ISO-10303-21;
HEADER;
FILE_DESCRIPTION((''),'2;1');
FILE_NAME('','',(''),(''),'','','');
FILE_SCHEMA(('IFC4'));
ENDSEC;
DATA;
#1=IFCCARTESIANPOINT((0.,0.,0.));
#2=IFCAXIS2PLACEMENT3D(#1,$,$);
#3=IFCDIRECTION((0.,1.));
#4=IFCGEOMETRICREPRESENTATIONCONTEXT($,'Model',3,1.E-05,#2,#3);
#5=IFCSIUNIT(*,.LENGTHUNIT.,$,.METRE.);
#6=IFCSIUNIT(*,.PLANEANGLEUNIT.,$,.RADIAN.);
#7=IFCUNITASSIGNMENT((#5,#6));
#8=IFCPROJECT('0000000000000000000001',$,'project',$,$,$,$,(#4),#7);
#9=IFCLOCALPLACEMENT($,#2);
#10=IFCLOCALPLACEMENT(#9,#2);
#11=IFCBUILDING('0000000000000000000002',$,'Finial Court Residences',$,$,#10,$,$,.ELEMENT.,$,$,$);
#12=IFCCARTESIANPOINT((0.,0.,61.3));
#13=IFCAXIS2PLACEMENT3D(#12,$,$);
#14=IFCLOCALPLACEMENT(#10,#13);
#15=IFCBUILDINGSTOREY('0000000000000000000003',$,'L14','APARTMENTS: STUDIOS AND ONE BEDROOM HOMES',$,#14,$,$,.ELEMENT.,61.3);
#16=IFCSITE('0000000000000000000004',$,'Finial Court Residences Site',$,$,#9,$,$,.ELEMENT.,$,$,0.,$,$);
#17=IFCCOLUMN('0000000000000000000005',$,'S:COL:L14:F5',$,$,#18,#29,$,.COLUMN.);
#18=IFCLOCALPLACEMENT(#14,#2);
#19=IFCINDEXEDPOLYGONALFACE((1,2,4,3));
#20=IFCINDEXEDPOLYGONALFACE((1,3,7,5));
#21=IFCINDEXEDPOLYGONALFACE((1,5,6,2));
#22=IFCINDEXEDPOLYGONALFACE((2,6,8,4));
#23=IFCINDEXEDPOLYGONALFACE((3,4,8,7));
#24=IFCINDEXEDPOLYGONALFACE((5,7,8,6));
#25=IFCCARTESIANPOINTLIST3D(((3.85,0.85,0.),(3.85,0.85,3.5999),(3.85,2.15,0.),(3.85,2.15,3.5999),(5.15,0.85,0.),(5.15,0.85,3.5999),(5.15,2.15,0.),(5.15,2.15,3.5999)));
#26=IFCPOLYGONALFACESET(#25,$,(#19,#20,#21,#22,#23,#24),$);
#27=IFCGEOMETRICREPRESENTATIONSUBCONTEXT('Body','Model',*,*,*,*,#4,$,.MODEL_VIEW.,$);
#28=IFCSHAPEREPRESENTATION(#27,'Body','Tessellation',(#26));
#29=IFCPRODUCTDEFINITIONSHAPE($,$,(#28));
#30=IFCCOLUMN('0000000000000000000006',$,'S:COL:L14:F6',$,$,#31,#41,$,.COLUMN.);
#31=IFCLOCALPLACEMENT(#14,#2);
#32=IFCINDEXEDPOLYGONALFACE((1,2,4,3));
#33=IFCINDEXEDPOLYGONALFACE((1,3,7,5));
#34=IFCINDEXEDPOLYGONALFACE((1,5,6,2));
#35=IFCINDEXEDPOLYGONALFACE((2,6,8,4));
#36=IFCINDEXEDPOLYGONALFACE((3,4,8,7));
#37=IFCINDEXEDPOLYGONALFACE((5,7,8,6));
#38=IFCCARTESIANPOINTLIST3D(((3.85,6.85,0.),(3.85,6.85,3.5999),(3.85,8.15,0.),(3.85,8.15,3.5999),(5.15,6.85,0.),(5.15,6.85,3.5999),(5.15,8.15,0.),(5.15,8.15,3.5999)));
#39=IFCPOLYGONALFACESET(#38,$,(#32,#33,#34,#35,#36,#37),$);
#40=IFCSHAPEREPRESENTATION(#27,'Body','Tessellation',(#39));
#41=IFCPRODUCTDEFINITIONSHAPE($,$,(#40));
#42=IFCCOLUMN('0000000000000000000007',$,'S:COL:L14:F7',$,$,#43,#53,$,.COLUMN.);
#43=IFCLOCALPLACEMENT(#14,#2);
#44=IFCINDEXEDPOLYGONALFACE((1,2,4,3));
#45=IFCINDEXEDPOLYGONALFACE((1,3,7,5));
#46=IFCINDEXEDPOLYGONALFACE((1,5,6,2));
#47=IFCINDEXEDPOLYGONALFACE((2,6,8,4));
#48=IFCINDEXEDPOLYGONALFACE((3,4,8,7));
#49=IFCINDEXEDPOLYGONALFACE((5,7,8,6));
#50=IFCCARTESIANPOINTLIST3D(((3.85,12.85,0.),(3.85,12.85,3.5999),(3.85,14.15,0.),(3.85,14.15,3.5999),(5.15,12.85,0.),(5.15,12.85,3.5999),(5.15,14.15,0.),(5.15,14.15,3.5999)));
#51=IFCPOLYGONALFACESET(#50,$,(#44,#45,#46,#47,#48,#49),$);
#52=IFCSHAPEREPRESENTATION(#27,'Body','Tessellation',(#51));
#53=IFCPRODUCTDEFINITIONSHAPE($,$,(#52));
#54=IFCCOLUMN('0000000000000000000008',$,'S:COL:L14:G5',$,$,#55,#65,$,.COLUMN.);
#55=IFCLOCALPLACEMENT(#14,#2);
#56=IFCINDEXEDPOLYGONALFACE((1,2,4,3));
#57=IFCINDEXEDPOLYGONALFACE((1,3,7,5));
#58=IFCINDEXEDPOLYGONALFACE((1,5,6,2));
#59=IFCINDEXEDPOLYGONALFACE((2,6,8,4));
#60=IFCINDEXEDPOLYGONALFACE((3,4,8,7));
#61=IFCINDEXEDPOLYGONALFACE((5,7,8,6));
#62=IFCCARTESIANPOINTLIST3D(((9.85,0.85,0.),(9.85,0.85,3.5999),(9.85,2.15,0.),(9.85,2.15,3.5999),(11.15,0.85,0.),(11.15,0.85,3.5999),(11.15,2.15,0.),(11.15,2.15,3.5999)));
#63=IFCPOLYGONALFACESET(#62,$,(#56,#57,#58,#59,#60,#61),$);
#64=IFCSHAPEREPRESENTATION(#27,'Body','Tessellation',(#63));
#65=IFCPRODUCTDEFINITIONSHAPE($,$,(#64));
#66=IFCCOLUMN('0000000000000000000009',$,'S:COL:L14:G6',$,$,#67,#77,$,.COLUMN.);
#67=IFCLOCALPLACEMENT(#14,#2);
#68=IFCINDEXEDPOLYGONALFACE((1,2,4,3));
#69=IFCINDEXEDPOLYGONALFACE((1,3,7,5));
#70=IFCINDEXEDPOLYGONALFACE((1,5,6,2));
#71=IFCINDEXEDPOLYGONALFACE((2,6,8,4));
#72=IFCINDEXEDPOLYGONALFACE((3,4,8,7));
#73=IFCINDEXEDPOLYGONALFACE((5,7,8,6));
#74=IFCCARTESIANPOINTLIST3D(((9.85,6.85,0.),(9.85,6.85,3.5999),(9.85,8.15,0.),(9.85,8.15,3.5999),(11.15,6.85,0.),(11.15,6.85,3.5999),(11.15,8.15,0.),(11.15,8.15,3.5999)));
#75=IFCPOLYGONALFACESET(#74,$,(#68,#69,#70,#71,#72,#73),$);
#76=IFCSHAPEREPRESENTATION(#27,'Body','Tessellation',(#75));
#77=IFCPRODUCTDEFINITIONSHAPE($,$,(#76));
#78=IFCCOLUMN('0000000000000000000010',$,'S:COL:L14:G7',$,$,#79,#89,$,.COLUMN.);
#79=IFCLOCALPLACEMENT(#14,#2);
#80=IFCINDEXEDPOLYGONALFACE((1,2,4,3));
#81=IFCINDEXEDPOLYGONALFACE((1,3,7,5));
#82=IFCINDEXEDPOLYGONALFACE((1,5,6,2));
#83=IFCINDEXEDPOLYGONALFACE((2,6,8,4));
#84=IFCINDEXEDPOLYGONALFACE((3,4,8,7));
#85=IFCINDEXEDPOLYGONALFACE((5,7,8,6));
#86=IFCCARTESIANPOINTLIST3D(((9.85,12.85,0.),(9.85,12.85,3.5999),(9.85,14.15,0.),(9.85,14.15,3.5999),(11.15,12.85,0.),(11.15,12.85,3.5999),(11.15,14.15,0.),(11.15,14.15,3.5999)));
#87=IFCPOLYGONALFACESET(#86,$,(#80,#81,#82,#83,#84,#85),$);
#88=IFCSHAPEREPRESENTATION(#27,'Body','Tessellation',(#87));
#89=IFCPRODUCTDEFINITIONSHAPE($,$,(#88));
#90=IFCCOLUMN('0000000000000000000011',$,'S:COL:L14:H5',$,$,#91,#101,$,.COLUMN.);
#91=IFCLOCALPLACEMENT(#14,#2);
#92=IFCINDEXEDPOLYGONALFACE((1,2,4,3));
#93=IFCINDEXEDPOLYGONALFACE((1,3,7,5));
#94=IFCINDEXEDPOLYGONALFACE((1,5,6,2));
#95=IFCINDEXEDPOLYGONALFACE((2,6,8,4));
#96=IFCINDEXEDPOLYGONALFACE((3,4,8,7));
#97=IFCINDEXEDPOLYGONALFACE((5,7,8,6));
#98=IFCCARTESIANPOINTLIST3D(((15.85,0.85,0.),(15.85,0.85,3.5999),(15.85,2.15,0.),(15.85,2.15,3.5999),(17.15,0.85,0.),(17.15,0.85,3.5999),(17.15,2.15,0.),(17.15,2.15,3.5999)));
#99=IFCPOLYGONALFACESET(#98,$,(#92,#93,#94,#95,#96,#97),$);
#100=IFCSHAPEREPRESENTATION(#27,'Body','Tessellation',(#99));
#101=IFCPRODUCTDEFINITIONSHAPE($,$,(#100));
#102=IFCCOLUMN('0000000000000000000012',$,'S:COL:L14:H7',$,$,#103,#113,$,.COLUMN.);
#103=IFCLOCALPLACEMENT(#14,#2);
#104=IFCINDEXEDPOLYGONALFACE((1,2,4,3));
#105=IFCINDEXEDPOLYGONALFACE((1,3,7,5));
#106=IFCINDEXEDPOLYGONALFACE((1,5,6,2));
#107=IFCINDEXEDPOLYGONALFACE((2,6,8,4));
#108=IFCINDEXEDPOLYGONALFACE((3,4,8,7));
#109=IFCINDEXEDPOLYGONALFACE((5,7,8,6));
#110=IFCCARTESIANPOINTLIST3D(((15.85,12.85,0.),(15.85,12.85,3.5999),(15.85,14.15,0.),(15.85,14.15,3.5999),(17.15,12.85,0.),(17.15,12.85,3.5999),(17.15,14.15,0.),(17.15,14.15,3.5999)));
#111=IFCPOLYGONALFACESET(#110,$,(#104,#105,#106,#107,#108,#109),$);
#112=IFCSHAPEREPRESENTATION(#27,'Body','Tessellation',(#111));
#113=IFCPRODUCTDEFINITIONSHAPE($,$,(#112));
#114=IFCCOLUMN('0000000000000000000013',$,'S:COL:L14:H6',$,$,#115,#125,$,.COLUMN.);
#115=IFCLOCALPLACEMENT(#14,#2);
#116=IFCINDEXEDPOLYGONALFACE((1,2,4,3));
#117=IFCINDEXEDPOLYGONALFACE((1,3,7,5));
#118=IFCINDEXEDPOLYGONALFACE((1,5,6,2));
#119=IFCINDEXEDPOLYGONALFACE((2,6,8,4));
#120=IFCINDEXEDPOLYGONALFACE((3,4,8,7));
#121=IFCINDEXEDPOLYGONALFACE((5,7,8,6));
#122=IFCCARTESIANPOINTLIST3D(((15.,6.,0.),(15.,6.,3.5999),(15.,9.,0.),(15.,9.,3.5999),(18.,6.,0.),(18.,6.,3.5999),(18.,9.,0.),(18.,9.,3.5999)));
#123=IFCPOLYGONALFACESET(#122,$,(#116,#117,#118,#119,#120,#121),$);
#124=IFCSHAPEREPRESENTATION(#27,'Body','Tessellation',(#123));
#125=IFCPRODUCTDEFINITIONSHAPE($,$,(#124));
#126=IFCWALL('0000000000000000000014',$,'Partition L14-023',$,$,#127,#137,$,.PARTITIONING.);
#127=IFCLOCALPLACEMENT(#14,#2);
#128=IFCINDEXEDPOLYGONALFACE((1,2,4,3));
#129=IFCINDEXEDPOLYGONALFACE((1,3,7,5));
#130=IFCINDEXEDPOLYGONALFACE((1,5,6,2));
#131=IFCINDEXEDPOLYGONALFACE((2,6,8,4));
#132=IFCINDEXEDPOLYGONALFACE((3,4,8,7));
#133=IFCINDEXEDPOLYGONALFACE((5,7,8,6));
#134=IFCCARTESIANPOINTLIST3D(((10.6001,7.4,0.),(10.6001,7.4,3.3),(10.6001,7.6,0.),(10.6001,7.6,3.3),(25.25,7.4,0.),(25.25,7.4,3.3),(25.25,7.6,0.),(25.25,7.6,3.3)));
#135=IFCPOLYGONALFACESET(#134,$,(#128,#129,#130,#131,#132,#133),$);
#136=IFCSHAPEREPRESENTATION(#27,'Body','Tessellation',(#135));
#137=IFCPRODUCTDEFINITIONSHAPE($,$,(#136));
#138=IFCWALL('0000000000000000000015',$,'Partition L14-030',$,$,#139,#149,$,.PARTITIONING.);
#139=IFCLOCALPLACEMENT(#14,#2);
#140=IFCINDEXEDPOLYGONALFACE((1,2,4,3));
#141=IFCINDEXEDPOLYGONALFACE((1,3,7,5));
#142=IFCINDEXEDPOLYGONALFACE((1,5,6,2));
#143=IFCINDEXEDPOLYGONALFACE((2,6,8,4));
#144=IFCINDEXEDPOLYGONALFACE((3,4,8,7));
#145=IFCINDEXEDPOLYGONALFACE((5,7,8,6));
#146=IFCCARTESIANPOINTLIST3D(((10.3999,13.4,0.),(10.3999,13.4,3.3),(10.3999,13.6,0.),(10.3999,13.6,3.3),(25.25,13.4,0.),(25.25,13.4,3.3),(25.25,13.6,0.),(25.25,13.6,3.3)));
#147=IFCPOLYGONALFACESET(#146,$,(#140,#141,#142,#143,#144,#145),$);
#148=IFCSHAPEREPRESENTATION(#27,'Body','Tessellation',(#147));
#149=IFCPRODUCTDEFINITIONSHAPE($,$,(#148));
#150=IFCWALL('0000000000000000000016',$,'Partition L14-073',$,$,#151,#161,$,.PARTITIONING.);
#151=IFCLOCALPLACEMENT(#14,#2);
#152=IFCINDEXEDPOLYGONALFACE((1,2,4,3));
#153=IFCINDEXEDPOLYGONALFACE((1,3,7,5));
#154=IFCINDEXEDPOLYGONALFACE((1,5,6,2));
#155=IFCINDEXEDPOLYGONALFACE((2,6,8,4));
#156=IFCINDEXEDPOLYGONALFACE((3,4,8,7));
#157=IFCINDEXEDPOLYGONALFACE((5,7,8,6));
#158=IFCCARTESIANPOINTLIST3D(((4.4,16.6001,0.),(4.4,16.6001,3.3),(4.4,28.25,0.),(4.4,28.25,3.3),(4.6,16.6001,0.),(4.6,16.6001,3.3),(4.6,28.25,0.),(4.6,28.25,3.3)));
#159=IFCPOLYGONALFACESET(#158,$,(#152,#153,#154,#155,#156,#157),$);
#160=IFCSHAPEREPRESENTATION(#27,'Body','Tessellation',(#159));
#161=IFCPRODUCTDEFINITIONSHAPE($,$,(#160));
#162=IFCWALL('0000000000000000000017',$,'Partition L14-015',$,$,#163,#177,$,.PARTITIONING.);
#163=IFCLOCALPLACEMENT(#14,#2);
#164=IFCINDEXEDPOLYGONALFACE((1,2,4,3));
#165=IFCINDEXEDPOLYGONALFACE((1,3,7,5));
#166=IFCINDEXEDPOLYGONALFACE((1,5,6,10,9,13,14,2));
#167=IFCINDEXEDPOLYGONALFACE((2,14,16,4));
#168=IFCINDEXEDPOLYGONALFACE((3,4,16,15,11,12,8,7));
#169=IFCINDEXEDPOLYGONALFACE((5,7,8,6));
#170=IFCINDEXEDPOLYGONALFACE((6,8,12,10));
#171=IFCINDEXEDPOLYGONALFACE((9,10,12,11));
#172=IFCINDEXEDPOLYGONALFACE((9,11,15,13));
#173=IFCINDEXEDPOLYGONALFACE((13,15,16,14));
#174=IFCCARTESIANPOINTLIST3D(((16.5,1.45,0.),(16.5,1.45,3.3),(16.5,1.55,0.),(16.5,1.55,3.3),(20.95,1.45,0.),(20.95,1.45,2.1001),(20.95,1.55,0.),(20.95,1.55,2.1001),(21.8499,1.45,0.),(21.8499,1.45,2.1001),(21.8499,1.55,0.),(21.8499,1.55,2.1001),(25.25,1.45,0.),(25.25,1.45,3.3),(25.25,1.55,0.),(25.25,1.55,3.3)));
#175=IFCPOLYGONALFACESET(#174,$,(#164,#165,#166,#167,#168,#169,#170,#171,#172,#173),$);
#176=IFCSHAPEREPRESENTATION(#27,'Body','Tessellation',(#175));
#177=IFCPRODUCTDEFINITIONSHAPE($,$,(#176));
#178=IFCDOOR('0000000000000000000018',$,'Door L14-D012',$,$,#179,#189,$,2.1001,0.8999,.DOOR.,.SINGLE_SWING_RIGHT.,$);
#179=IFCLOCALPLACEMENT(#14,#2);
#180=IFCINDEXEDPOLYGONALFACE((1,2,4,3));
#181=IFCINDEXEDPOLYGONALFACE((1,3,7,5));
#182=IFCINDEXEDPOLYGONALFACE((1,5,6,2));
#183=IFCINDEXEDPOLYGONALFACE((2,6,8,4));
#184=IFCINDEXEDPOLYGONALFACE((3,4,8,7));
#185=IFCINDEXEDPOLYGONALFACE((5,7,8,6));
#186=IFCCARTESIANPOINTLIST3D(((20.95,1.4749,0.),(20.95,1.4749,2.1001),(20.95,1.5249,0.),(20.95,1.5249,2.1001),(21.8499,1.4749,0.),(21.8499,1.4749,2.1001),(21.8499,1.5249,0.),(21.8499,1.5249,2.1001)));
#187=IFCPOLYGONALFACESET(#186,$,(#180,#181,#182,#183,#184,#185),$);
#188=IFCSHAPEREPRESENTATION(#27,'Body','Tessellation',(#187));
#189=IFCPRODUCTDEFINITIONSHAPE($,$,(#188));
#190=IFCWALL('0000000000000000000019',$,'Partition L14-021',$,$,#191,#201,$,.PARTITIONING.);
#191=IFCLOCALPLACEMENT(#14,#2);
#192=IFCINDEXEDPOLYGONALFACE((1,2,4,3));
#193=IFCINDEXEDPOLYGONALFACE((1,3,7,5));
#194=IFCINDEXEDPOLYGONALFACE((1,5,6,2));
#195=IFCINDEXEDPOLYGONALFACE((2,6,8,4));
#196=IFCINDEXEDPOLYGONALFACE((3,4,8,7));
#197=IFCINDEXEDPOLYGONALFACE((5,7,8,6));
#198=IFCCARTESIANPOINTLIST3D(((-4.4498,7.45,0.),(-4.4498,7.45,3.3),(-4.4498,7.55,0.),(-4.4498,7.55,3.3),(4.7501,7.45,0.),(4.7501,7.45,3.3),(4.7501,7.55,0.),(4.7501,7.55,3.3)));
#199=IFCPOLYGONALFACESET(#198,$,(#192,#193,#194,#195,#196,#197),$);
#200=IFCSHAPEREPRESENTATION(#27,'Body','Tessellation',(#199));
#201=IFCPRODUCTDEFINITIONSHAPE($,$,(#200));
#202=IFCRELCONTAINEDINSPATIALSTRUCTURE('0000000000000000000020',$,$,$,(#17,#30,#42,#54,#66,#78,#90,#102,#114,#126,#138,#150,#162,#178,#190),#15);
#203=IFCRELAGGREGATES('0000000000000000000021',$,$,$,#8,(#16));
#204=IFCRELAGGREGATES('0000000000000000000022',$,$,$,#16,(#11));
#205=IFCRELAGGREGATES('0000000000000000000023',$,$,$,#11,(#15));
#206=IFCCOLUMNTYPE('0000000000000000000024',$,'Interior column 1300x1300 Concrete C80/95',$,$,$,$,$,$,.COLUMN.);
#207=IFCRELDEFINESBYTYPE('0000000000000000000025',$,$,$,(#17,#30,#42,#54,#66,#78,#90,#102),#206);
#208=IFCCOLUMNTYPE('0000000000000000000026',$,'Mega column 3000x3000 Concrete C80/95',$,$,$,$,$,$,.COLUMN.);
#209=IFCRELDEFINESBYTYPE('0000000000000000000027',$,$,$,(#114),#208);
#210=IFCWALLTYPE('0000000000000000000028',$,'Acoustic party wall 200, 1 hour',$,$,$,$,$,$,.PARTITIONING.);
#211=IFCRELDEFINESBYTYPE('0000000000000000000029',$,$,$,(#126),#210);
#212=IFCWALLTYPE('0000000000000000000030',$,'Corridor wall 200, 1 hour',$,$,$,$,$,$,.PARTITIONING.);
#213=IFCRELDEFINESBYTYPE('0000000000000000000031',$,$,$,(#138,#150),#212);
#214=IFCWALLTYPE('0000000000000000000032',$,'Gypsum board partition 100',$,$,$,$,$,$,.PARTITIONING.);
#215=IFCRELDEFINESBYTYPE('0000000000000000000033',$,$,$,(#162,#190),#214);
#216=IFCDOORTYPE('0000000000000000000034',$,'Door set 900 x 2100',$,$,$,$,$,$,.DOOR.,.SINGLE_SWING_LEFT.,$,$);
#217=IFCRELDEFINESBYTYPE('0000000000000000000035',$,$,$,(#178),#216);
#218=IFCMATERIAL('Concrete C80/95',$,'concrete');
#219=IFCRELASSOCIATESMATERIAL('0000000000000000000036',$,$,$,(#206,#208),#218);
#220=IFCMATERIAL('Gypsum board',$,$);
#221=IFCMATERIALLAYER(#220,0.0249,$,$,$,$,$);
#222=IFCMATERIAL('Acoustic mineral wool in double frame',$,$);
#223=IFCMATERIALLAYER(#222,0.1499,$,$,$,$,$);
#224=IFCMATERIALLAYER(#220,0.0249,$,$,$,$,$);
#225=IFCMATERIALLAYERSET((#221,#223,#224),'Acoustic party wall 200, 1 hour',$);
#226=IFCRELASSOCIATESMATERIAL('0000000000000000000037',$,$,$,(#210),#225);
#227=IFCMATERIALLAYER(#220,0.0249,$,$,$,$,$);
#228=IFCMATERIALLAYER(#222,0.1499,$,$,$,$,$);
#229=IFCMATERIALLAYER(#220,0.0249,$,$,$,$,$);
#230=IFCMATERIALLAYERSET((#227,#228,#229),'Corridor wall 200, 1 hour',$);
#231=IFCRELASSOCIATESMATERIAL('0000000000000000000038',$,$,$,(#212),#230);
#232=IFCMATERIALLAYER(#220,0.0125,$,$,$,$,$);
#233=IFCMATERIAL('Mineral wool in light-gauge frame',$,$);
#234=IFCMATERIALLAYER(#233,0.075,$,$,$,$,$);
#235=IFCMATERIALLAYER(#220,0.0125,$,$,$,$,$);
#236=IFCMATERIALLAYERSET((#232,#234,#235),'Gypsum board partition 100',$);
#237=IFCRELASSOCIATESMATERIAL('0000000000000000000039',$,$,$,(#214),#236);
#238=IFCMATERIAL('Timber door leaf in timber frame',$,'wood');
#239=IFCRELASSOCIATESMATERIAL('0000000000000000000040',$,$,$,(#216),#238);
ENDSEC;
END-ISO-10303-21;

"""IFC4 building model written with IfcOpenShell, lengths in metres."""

from ifc_helpers import new_model, si_unit, direction, frame, frame_2d, origin, origin_2d, place, context, subcontext, project, spatial, rectangle, extrude, material, layer, layer_set, material_profile, profile_set, type_object, element, fill, save


model = new_model("IFC4")

# Units and contexts
model_context = context("Model", 3, precision=1e-05, world=origin(), true_north=direction((0.0, 1.0)))
body_context = subcontext(model_context, "Body", "Model", "MODEL_VIEW")
ifc_project = project(units=[si_unit("LENGTHUNIT", "METRE"), si_unit("PLANEANGLEUNIT", "RADIAN")], contexts=[model_context])

# Site, building, storey
site_placement = place(None, origin())
site = spatial("IfcSite", under=ifc_project, at=site_placement, Name="Finial Court Residences Site", CompositionType="ELEMENT", RefElevation=0.0)
building_placement = place(site_placement, origin())
building = spatial("IfcBuilding", under=site, at=building_placement, Name="Finial Court Residences", CompositionType="ELEMENT")
storey_placement = place(building_placement, frame((0.0, 0.0, 61.3)))
storey = spatial("IfcBuildingStorey", under=building, at=storey_placement, Name="L14", Description="APARTMENTS: STUDIOS AND ONE BEDROOM HOMES", CompositionType="ELEMENT", Elevation=61.3)

# Columns
ifc_material_1 = material(Name="Concrete C80/95", Category="concrete")
ifc_material_profile_1 = material_profile(ifc_material_1, rectangle(XDim=1.3, YDim=1.3, at=origin_2d()), Name="1300x1300")
ifc_profile_set_1 = profile_set([ifc_material_profile_1], Name="Concrete C80/95")
column_type_1 = type_object("IfcColumnType", Name="Interior column 1300x1300 Concrete C80/95", PredefinedType="COLUMN", material=ifc_profile_set_1)
for number, where, z_axis, x_axis, name in (
    (1, (4.5, 1.5, 0.0), (0.0, 0.0, 1.0), (1.0, 0.0, 0.0), "S:COL:L14:F5"),
    (2, (4.5, 7.5, 0.0), (0.0, 0.0, 1.0), (1.0, 0.0, 0.0), "S:COL:L14:F6"),
    (3, (4.5, 13.5, 0.0), (0.0, 0.0, 1.0), (1.0, 0.0, 0.0), "S:COL:L14:F7"),
    (4, (10.5, 1.5, 0.0), (0.0, 0.0, 1.0), (1.0, 0.0, 0.0), "S:COL:L14:G5"),
    (5, (10.5, 7.5, 0.0), (0.0, 0.0, 1.0), (1.0, 0.0, 0.0), "S:COL:L14:G6"),
    (6, (10.5, 13.5, 0.0), (0.0, 0.0, 1.0), (1.0, 0.0, 0.0), "S:COL:L14:G7"),
    (7, (16.5, 1.5, 0.0), (0.0, 0.0, 1.0), (1.0, 0.0, 0.0), "S:COL:L14:H5"),
    (8, (16.5, 13.5, 0.0), (0.0, 0.0, 1.0), (1.0, 0.0, 0.0), "S:COL:L14:H7"),
):
    element("IfcColumn", number, at=place(storey_placement, frame(where, z_axis=z_axis, x_axis=x_axis)), inside=storey, type_object=column_type_1, Name=name, PredefinedType="COLUMN", context=body_context, shape_type="SweptSolid", body=[
        extrude(rectangle(XDim=1.3, YDim=1.3, at=origin_2d()), origin(), (0.0, 0.0, 1.0), 3.5999),
    ])
ifc_material_profile_2 = material_profile(ifc_material_1, rectangle(XDim=3.0, YDim=3.0, at=origin_2d()), Name="3000x3000")
ifc_profile_set_2 = profile_set([ifc_material_profile_2], Name="Concrete C80/95")
column_type_2 = type_object("IfcColumnType", Name="Mega column 3000x3000 Concrete C80/95", PredefinedType="COLUMN", material=ifc_profile_set_2)
column_placement = place(storey_placement, frame((16.5, 7.5, 0.0), z_axis=(0.0, 0.0, 1.0), x_axis=(1.0, 0.0, 0.0)))
element("IfcColumn", 9, at=column_placement, inside=storey, type_object=column_type_2, Name="S:COL:L14:H6", PredefinedType="COLUMN", context=body_context, shape_type="SweptSolid", body=[
    extrude(rectangle(XDim=3.0, YDim=3.0, at=origin_2d()), origin(), (0.0, 0.0, 1.0), 3.5999),
])

# Walls
ifc_material_2 = material(Name="Gypsum board")
ifc_layer_1 = layer(ifc_material_2, 0.0249)
ifc_material_3 = material(Name="Acoustic mineral wool in double frame")
ifc_layer_2 = layer(ifc_material_3, 0.1499)
ifc_layer_3 = layer(ifc_material_2, 0.0249)
ifc_layer_set_1 = layer_set([ifc_layer_1, ifc_layer_2, ifc_layer_3], Name="Acoustic party wall 200, 1 hour")
wall_type_1 = type_object("IfcWallType", Name="Acoustic party wall 200, 1 hour", PredefinedType="PARTITIONING", material=ifc_layer_set_1)
wall_1_placement = place(storey_placement, frame((10.6001, 7.5, 0.0), z_axis=(0.0, 0.0, 1.0), x_axis=(1.0, 0.0, 0.0)))
element("IfcWall", 10, at=wall_1_placement, inside=storey, type_object=wall_type_1, Name="Partition L14-023", PredefinedType="PARTITIONING", context=body_context, shape_type="SweptSolid", body=[
    extrude(rectangle(XDim=14.6499, YDim=0.2, at=frame_2d((7.325, 0.0))), origin(), (0.0, 0.0, 1.0), 3.3),
])
ifc_layer_4 = layer(ifc_material_2, 0.0249)
ifc_layer_5 = layer(ifc_material_3, 0.1499)
ifc_layer_6 = layer(ifc_material_2, 0.0249)
ifc_layer_set_2 = layer_set([ifc_layer_4, ifc_layer_5, ifc_layer_6], Name="Corridor wall 200, 1 hour")
wall_type_2 = type_object("IfcWallType", Name="Corridor wall 200, 1 hour", PredefinedType="PARTITIONING", material=ifc_layer_set_2)
wall_2_placement = place(storey_placement, frame((10.3999, 13.5, 0.0), z_axis=(0.0, 0.0, 1.0), x_axis=(1.0, 0.0, 0.0)))
element("IfcWall", 11, at=wall_2_placement, inside=storey, type_object=wall_type_2, Name="Partition L14-030", PredefinedType="PARTITIONING", context=body_context, shape_type="SweptSolid", body=[
    extrude(rectangle(XDim=14.8501, YDim=0.2, at=frame_2d((7.425, 0.0))), origin(), (0.0, 0.0, 1.0), 3.3),
])
wall_3_placement = place(storey_placement, frame((4.5, 16.6001, 0.0), z_axis=(0.0, 0.0, 1.0), x_axis=(0.0, 1.0, 0.0)))
element("IfcWall", 12, at=wall_3_placement, inside=storey, type_object=wall_type_2, Name="Partition L14-073", PredefinedType="PARTITIONING", context=body_context, shape_type="SweptSolid", body=[
    extrude(rectangle(XDim=11.6499, YDim=0.2, at=frame_2d((5.825, 0.0))), origin(), (0.0, 0.0, 1.0), 3.3),
])

# Wall, opening, door
ifc_layer_7 = layer(ifc_material_2, 0.0125)
ifc_material_4 = material(Name="Mineral wool in light-gauge frame")
ifc_layer_8 = layer(ifc_material_4, 0.075)
ifc_layer_9 = layer(ifc_material_2, 0.0125)
ifc_layer_set_3 = layer_set([ifc_layer_7, ifc_layer_8, ifc_layer_9], Name="Gypsum board partition 100")
wall_type_3 = type_object("IfcWallType", Name="Gypsum board partition 100", PredefinedType="PARTITIONING", material=ifc_layer_set_3)
wall_4_placement = place(storey_placement, frame((16.5, 1.5, 0.0), z_axis=(0.0, 0.0, 1.0), x_axis=(1.0, 0.0, 0.0)))
wall_4 = element("IfcWall", 13, at=wall_4_placement, inside=storey, type_object=wall_type_3, Name="Partition L14-015", PredefinedType="PARTITIONING", context=body_context, shape_type="SweptSolid", body=[
    extrude(rectangle(XDim=8.75, YDim=0.1001, at=frame_2d((4.375, 0.0))), origin(), (0.0, 0.0, 1.0), 3.3),
])
opening_1_placement = place(wall_4_placement, frame((4.45, 0.0, 0.0)))
opening_1 = element("IfcOpeningElement", 14, at=opening_1_placement, cuts=wall_4, PredefinedType="OPENING", context=body_context, shape_type="SweptSolid", body=[
    extrude(rectangle(XDim=0.8999, YDim=2.1001, at=frame_2d((0.45, 1.05))), frame((0.0, 0.0601, 0.0), z_axis=(0.0, -1.0, 0.0), x_axis=(1.0, 0.0, 0.0)), (0.0, 0.0, 1.0), 0.1201),
])
ifc_material_5 = material(Name="Timber door leaf in timber frame", Category="wood")
door_type = type_object("IfcDoorType", Name="Door set 900 x 2100", OperationType="SINGLE_SWING_LEFT", PredefinedType="DOOR", material=ifc_material_5)
door_1_placement = place(opening_1_placement, origin())
door_1 = element("IfcDoor", 15, at=door_1_placement, inside=storey, type_object=door_type, Name="Door L14-D012", OperationType="SINGLE_SWING_RIGHT", OverallHeight=2.1001, OverallWidth=0.8999, PredefinedType="DOOR", context=body_context, shape_type="SweptSolid", body=[
    extrude(rectangle(XDim=0.8999, YDim=2.1001, at=frame_2d((0.45, 1.05))), frame((0.0, 0.0249, 0.0), z_axis=(0.0, -1.0, 0.0), x_axis=(1.0, 0.0, 0.0)), (0.0, 0.0, 1.0), 0.05),
])
fill(opening_1, door_1)

# Wall
wall_5_placement = place(storey_placement, frame((-4.45, 7.5, 0.0), z_axis=(0.0, 0.0, 1.0), x_axis=(1.0, 0.0, 0.0)))
element("IfcWall", 16, at=wall_5_placement, inside=storey, type_object=wall_type_3, Name="Partition L14-021", PredefinedType="PARTITIONING", context=body_context, shape_type="SweptSolid", body=[
    extrude(rectangle(XDim=9.2, YDim=0.1001, at=frame_2d((4.6001, 0.0))), origin(), (0.0, 0.0, 1.0), 3.3),
])

save(model, "model.ifc")
